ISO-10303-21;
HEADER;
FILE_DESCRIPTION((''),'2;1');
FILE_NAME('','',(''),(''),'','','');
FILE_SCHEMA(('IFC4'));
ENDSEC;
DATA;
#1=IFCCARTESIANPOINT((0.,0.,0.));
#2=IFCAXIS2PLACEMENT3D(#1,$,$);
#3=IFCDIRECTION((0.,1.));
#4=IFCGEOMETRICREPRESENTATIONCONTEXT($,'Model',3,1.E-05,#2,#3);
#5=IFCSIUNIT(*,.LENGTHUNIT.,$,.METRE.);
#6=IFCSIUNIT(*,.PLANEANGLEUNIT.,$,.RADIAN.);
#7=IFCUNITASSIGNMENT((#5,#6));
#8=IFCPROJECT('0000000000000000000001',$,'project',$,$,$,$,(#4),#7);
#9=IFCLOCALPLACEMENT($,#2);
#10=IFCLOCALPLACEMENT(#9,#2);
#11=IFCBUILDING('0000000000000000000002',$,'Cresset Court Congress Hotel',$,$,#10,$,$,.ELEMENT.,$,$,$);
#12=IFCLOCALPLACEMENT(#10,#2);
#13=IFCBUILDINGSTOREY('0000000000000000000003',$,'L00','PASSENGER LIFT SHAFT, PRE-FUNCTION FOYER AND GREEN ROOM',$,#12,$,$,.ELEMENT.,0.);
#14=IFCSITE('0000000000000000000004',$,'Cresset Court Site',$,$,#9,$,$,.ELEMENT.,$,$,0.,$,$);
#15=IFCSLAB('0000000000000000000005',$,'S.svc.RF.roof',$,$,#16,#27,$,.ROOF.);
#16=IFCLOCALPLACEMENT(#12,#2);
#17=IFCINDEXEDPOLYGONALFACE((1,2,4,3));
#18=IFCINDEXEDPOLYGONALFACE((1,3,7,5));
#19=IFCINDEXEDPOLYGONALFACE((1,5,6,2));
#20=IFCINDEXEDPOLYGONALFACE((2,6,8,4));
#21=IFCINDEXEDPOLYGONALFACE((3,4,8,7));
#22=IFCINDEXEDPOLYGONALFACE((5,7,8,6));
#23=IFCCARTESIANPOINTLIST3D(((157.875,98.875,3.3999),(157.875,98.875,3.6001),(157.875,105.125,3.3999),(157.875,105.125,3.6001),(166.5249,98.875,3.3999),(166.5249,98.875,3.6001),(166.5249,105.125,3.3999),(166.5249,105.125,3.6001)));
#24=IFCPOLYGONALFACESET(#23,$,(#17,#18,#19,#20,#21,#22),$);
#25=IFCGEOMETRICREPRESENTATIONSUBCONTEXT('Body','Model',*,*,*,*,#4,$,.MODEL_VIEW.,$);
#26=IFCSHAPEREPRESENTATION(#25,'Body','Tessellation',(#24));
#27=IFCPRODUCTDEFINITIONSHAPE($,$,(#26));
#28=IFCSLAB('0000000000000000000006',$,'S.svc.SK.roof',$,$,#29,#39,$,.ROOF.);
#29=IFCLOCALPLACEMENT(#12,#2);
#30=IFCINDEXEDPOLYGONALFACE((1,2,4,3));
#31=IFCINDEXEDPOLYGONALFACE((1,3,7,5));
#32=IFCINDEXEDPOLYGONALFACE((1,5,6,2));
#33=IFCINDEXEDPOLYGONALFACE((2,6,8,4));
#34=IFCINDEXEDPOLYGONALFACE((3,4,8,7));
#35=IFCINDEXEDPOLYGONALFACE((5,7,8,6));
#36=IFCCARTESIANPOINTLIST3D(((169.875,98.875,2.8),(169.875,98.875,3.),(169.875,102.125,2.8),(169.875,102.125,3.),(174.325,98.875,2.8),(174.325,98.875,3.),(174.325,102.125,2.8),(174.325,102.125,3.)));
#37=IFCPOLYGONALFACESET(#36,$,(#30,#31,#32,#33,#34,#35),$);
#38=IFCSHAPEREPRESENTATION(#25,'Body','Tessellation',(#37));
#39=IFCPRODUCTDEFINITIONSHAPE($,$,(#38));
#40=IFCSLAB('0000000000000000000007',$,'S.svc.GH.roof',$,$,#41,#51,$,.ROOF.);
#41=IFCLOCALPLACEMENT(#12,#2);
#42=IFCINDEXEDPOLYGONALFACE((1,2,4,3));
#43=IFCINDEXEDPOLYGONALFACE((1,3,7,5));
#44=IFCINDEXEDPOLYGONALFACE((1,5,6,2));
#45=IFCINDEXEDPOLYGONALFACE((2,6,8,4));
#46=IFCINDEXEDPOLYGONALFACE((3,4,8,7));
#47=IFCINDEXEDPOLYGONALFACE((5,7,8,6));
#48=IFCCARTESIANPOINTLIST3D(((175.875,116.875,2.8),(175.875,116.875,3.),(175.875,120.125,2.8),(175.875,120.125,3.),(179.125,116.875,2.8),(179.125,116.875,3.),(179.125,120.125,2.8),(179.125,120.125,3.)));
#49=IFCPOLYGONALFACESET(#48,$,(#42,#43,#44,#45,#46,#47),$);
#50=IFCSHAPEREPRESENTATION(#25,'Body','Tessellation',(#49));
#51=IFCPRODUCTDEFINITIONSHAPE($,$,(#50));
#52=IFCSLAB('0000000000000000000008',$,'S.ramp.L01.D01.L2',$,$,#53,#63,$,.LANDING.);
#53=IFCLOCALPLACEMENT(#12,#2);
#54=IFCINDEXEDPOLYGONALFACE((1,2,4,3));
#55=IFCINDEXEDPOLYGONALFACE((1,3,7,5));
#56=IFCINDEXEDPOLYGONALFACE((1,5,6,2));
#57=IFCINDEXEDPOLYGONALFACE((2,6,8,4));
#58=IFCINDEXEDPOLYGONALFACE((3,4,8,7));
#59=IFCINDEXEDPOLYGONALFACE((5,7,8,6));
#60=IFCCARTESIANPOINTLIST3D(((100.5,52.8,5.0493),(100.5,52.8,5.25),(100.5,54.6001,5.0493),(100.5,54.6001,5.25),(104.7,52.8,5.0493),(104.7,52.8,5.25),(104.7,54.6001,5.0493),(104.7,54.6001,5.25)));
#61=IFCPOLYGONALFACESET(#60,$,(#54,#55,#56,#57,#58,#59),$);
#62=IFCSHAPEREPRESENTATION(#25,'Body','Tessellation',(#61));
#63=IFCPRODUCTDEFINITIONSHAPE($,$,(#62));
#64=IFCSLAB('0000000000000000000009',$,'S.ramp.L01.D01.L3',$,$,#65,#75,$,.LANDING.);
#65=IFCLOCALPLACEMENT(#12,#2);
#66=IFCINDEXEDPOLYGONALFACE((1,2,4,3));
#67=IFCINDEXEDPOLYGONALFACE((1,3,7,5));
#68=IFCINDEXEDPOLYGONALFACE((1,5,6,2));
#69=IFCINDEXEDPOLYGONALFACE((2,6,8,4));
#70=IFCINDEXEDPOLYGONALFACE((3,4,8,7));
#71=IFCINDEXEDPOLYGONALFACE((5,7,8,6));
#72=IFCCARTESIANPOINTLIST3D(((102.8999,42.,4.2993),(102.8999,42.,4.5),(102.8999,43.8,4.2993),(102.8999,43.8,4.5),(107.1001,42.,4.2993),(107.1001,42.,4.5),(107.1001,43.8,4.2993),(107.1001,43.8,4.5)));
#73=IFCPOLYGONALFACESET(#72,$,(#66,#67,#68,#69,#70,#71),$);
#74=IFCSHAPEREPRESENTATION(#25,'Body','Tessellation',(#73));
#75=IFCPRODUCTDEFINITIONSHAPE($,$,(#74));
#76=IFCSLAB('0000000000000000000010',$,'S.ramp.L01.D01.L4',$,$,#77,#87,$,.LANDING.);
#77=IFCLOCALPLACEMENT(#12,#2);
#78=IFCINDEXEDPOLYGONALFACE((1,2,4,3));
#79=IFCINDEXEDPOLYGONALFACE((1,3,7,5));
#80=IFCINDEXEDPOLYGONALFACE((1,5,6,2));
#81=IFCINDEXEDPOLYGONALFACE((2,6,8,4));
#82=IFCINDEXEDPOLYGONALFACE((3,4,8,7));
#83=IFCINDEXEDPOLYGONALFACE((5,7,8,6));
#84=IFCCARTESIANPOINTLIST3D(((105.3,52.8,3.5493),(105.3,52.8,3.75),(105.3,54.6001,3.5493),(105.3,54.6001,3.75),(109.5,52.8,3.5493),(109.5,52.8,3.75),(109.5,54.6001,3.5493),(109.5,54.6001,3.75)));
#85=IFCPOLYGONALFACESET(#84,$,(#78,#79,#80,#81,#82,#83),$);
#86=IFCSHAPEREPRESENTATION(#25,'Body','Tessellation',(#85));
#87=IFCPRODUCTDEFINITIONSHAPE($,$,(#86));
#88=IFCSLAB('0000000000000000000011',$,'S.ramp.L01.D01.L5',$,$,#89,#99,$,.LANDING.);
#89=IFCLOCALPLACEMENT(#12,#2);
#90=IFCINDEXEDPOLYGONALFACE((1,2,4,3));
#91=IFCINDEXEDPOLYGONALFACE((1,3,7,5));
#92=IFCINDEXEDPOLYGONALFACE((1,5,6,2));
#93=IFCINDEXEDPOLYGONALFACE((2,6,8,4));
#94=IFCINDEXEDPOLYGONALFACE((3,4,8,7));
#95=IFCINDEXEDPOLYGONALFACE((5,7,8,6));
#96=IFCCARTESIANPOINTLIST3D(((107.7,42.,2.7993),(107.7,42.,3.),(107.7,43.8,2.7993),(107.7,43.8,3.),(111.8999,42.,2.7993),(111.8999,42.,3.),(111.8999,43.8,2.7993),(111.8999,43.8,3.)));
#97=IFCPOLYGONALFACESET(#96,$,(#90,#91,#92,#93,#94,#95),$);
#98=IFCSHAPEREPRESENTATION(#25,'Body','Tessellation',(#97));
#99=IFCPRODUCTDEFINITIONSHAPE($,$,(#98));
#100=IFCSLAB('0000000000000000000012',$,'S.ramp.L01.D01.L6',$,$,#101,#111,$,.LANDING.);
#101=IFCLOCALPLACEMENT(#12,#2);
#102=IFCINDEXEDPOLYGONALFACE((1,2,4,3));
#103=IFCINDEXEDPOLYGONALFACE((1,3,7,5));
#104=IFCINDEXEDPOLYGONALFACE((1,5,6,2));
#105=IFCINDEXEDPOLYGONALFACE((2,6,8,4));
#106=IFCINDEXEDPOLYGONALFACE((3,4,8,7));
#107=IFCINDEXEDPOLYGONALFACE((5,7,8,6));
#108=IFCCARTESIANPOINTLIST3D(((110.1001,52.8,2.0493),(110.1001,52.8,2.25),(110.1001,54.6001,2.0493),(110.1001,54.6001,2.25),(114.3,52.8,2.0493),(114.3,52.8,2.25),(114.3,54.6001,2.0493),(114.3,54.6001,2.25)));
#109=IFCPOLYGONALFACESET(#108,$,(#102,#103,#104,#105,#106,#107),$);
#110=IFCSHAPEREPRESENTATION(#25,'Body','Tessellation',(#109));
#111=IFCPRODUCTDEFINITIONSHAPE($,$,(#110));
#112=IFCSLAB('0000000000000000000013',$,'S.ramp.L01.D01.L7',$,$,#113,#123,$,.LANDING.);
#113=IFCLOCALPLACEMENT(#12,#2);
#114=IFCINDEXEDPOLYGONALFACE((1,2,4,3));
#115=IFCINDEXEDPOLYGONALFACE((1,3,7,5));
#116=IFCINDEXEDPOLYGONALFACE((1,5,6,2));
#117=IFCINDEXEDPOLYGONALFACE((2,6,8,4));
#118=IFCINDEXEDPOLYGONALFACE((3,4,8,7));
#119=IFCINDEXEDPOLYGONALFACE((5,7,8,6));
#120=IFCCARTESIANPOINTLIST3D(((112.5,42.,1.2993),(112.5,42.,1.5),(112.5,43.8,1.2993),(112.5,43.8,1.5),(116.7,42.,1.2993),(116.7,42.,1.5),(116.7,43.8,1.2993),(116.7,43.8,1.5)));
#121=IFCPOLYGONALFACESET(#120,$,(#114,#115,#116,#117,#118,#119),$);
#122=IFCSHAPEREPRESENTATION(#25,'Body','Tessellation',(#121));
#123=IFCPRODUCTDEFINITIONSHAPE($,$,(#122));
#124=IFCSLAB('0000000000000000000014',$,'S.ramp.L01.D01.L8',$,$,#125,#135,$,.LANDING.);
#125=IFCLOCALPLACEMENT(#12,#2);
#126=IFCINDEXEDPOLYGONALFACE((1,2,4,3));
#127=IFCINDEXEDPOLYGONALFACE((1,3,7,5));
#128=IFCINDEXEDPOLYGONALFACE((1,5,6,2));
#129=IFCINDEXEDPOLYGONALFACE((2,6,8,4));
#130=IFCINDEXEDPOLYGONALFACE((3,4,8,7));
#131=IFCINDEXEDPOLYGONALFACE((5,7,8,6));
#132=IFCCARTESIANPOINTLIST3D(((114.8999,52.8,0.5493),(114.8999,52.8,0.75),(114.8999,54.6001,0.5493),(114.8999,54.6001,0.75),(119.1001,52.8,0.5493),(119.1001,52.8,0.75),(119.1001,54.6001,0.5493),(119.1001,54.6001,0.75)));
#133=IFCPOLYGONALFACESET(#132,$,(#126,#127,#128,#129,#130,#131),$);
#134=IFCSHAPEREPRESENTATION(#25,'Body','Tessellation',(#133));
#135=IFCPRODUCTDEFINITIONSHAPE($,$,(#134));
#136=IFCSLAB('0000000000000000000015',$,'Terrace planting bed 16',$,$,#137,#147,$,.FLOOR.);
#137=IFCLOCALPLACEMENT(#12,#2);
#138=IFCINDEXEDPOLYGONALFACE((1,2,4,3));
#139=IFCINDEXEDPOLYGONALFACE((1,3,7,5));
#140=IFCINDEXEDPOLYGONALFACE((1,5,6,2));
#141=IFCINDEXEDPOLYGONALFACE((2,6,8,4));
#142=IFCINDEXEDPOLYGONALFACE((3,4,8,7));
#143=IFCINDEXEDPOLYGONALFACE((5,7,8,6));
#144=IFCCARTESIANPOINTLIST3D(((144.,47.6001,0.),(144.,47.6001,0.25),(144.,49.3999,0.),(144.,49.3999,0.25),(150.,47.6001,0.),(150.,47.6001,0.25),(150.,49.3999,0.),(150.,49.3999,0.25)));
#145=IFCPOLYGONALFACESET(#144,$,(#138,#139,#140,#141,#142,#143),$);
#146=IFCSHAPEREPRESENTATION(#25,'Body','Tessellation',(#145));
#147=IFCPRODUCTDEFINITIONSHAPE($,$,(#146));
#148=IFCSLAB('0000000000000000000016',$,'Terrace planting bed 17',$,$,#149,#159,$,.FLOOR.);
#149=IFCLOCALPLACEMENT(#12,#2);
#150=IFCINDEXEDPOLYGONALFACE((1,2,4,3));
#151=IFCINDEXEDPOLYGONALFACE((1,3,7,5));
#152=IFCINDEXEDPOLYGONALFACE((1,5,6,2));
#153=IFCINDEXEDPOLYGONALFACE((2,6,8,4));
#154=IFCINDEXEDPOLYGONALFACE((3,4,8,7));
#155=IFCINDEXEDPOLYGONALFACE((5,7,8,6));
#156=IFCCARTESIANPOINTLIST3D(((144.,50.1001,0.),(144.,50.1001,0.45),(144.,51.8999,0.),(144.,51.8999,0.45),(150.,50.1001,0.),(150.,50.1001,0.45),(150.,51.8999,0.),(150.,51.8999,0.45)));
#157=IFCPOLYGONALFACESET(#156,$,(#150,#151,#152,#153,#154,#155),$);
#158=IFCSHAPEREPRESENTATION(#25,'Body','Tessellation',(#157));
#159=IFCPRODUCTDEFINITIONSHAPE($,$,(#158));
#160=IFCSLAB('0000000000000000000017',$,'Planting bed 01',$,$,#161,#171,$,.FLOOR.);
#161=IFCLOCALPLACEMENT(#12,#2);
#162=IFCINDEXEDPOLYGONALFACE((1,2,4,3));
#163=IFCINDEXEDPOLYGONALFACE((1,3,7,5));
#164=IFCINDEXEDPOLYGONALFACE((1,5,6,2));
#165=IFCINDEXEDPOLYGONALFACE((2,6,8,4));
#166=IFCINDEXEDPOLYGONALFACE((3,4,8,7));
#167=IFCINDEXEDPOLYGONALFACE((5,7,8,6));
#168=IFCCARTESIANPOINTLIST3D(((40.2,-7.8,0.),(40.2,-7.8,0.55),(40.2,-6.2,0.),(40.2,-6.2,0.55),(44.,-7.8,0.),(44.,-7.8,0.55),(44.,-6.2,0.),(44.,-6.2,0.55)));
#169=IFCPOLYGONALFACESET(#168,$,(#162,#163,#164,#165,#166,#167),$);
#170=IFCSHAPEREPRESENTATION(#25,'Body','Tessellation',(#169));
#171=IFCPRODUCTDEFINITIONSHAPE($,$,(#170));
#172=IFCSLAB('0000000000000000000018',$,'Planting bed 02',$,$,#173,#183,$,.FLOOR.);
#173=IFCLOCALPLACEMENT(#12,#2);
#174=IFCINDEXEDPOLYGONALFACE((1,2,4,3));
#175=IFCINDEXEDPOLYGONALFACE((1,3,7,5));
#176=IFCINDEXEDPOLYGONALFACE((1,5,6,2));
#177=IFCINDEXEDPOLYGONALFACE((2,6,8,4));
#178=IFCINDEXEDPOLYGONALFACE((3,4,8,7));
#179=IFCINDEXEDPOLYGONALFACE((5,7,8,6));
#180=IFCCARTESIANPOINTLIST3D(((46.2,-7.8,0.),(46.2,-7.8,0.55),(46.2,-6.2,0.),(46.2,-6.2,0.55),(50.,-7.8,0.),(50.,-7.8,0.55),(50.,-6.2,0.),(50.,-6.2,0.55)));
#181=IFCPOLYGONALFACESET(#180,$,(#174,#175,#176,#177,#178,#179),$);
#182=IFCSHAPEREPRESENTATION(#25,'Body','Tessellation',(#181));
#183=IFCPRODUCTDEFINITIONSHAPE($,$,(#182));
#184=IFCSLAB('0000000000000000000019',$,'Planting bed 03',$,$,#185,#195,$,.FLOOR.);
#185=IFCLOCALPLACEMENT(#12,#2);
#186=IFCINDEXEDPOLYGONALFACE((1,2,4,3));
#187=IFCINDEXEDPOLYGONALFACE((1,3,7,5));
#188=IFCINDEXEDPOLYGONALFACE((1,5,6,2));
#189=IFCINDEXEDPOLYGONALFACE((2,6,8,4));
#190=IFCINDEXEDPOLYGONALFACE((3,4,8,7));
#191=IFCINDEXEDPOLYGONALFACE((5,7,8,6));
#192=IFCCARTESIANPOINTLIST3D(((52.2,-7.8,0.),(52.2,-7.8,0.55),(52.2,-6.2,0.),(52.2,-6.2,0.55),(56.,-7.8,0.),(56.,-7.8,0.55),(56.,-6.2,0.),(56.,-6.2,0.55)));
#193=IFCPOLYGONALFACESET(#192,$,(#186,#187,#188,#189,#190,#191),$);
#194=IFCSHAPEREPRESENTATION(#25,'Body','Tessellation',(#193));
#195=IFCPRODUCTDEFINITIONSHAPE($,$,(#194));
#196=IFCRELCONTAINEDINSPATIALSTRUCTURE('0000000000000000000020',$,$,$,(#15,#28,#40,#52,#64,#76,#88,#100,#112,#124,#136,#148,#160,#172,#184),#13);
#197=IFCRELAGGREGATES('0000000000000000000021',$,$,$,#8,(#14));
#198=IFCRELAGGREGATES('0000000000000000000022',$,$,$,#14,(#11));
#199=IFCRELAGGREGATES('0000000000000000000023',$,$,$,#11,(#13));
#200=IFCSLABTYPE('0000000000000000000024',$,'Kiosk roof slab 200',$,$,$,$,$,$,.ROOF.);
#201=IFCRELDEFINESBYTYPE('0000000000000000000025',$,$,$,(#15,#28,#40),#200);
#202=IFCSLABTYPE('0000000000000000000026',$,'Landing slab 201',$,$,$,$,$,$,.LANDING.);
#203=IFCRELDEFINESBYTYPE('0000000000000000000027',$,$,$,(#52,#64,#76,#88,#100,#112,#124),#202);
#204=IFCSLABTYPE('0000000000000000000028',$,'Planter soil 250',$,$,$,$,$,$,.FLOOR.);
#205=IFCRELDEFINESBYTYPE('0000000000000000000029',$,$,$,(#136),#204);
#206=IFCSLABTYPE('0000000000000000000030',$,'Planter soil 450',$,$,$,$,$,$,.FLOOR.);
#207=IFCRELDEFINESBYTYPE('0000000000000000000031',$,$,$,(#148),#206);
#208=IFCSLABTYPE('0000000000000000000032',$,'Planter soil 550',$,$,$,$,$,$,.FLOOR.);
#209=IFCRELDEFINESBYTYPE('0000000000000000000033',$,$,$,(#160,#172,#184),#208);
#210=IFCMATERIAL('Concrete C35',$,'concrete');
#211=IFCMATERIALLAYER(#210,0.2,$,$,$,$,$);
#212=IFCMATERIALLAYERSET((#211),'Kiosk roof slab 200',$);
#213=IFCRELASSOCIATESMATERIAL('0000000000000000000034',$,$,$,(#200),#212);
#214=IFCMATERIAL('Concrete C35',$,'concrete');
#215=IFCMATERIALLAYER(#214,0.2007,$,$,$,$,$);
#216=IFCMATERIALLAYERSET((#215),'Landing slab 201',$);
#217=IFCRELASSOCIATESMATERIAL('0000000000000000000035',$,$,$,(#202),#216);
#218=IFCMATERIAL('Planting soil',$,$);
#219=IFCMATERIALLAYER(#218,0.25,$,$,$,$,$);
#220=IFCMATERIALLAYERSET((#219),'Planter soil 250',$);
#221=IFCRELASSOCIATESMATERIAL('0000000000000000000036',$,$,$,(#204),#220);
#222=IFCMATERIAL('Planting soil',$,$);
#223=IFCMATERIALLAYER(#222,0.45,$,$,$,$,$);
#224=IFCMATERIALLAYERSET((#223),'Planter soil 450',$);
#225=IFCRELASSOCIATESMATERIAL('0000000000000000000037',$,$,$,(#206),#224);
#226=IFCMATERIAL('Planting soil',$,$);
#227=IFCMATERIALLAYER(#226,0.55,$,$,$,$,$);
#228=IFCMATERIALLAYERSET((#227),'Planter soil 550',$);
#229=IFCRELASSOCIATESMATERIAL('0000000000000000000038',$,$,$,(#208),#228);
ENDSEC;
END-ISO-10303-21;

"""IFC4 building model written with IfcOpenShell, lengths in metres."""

from ifc_helpers import new_model, si_unit, direction, frame, origin, place, context, subcontext, project, spatial, polyline, outline, extrude, material, layer, layer_set, type_object, element, save


model = new_model("IFC4")

# Units and contexts
model_context = context("Model", 3, precision=1e-05, world=origin(), true_north=direction((0.0, 1.0)))
body_context = subcontext(model_context, "Body", "Model", "MODEL_VIEW")
ifc_project = project(units=[si_unit("LENGTHUNIT", "METRE"), si_unit("PLANEANGLEUNIT", "RADIAN")], contexts=[model_context])

# Site, building, storey
site_placement = place(None, origin())
site = spatial("IfcSite", under=ifc_project, at=site_placement, Name="Cresset Court Site", CompositionType="ELEMENT", RefElevation=0.0)
building_placement = place(site_placement, origin())
building = spatial("IfcBuilding", under=site, at=building_placement, Name="Cresset Court Congress Hotel", CompositionType="ELEMENT")
storey_placement = place(building_placement, origin())
storey = spatial("IfcBuildingStorey", under=building, at=storey_placement, Name="L00", Description="PASSENGER LIFT SHAFT, PRE-FUNCTION FOYER AND GREEN ROOM", CompositionType="ELEMENT", Elevation=0.0)

# Slabs
ifc_material_1 = material(Name="Concrete C35", Category="concrete")
ifc_layer_1 = layer(ifc_material_1, 0.2)
ifc_layer_set_1 = layer_set([ifc_layer_1], Name="Kiosk roof slab 200")
slab_type_1 = type_object("IfcSlabType", Name="Kiosk roof slab 200", PredefinedType="ROOF", material=ifc_layer_set_1)
slab_1_placement = place(storey_placement, frame((0.0, 0.0, 3.3999)))
element("IfcSlab", 1, at=slab_1_placement, inside=storey, type_object=slab_type_1, Name="S.svc.RF.roof", PredefinedType="ROOF", context=body_context, shape_type="SweptSolid", body=[
    extrude(outline(polyline([(157.875, 98.875), (166.5249, 98.875), (166.5249, 105.125), (157.875, 105.125), (157.875, 98.875)])), origin(), (0.0, 0.0, 1.0), 0.2002),
])
slab_2_placement = place(storey_placement, frame((0.0, 0.0, 2.8)))
element("IfcSlab", 2, at=slab_2_placement, inside=storey, type_object=slab_type_1, Name="S.svc.SK.roof", PredefinedType="ROOF", context=body_context, shape_type="SweptSolid", body=[
    extrude(outline(polyline([(169.875, 98.875), (174.325, 98.875), (174.325, 102.125), (169.875, 102.125), (169.875, 98.875)])), origin(), (0.0, 0.0, 1.0), 0.2),
])
slab_3_placement = place(storey_placement, frame((0.0, 0.0, 2.8)))
element("IfcSlab", 3, at=slab_3_placement, inside=storey, type_object=slab_type_1, Name="S.svc.GH.roof", PredefinedType="ROOF", context=body_context, shape_type="SweptSolid", body=[
    extrude(outline(polyline([(175.875, 116.875), (179.125, 116.875), (179.125, 120.125), (175.875, 120.125), (175.875, 116.875)])), origin(), (0.0, 0.0, 1.0), 0.2),
])
ifc_material_2 = material(Name="Concrete C35", Category="concrete")
ifc_layer_2 = layer(ifc_material_2, 0.2007)
ifc_layer_set_2 = layer_set([ifc_layer_2], Name="Landing slab 201")
slab_type_2 = type_object("IfcSlabType", Name="Landing slab 201", PredefinedType="LANDING", material=ifc_layer_set_2)
slab_4_placement = place(storey_placement, frame((0.0, 0.0, 5.0493)))
element("IfcSlab", 4, at=slab_4_placement, inside=storey, type_object=slab_type_2, Name="S.ramp.L01.D01.L2", PredefinedType="LANDING", context=body_context, shape_type="SweptSolid", body=[
    extrude(outline(polyline([(100.5, 52.8), (104.7, 52.8), (104.7, 54.6001), (100.5, 54.6001), (100.5, 52.8)])), origin(), (0.0, 0.0, 1.0), 0.2007),
])
slab_5_placement = place(storey_placement, frame((0.0, 0.0, 4.2993)))
element("IfcSlab", 5, at=slab_5_placement, inside=storey, type_object=slab_type_2, Name="S.ramp.L01.D01.L3", PredefinedType="LANDING", context=body_context, shape_type="SweptSolid", body=[
    extrude(outline(polyline([(102.8999, 42.0), (107.1001, 42.0), (107.1001, 43.8), (102.8999, 43.8), (102.8999, 42.0)])), origin(), (0.0, 0.0, 1.0), 0.2007),
])
slab_6_placement = place(storey_placement, frame((0.0, 0.0, 3.5493)))
element("IfcSlab", 6, at=slab_6_placement, inside=storey, type_object=slab_type_2, Name="S.ramp.L01.D01.L4", PredefinedType="LANDING", context=body_context, shape_type="SweptSolid", body=[
    extrude(outline(polyline([(105.3, 52.8), (109.5, 52.8), (109.5, 54.6001), (105.3, 54.6001), (105.3, 52.8)])), origin(), (0.0, 0.0, 1.0), 0.2007),
])
slab_7_placement = place(storey_placement, frame((0.0, 0.0, 2.7993)))
element("IfcSlab", 7, at=slab_7_placement, inside=storey, type_object=slab_type_2, Name="S.ramp.L01.D01.L5", PredefinedType="LANDING", context=body_context, shape_type="SweptSolid", body=[
    extrude(outline(polyline([(107.7, 42.0), (111.8999, 42.0), (111.8999, 43.8), (107.7, 43.8), (107.7, 42.0)])), origin(), (0.0, 0.0, 1.0), 0.2007),
])
slab_8_placement = place(storey_placement, frame((0.0, 0.0, 2.0493)))
element("IfcSlab", 8, at=slab_8_placement, inside=storey, type_object=slab_type_2, Name="S.ramp.L01.D01.L6", PredefinedType="LANDING", context=body_context, shape_type="SweptSolid", body=[
    extrude(outline(polyline([(110.1001, 52.8), (114.3, 52.8), (114.3, 54.6001), (110.1001, 54.6001), (110.1001, 52.8)])), origin(), (0.0, 0.0, 1.0), 0.2007),
])
slab_9_placement = place(storey_placement, frame((0.0, 0.0, 1.2993)))
element("IfcSlab", 9, at=slab_9_placement, inside=storey, type_object=slab_type_2, Name="S.ramp.L01.D01.L7", PredefinedType="LANDING", context=body_context, shape_type="SweptSolid", body=[
    extrude(outline(polyline([(112.5, 42.0), (116.7, 42.0), (116.7, 43.8), (112.5, 43.8), (112.5, 42.0)])), origin(), (0.0, 0.0, 1.0), 0.2007),
])
slab_10_placement = place(storey_placement, frame((0.0, 0.0, 0.5493)))
element("IfcSlab", 10, at=slab_10_placement, inside=storey, type_object=slab_type_2, Name="S.ramp.L01.D01.L8", PredefinedType="LANDING", context=body_context, shape_type="SweptSolid", body=[
    extrude(outline(polyline([(114.8999, 52.8), (119.1001, 52.8), (119.1001, 54.6001), (114.8999, 54.6001), (114.8999, 52.8)])), origin(), (0.0, 0.0, 1.0), 0.2007),
])
ifc_material_3 = material(Name="Planting soil")
ifc_layer_3 = layer(ifc_material_3, 0.25)
ifc_layer_set_3 = layer_set([ifc_layer_3], Name="Planter soil 250")
slab_type_3 = type_object("IfcSlabType", Name="Planter soil 250", PredefinedType="FLOOR", material=ifc_layer_set_3)
slab_11_placement = place(storey_placement, origin())
element("IfcSlab", 11, at=slab_11_placement, inside=storey, type_object=slab_type_3, Name="Terrace planting bed 16", PredefinedType="FLOOR", context=body_context, shape_type="SweptSolid", body=[
    extrude(outline(polyline([(144.0, 47.6001), (150.0, 47.6001), (150.0, 49.3999), (144.0, 49.3999), (144.0, 47.6001)])), origin(), (0.0, 0.0, 1.0), 0.25),
])
ifc_material_4 = material(Name="Planting soil")
ifc_layer_4 = layer(ifc_material_4, 0.45)
ifc_layer_set_4 = layer_set([ifc_layer_4], Name="Planter soil 450")
slab_type_4 = type_object("IfcSlabType", Name="Planter soil 450", PredefinedType="FLOOR", material=ifc_layer_set_4)
slab_12_placement = place(storey_placement, origin())
element("IfcSlab", 12, at=slab_12_placement, inside=storey, type_object=slab_type_4, Name="Terrace planting bed 17", PredefinedType="FLOOR", context=body_context, shape_type="SweptSolid", body=[
    extrude(outline(polyline([(144.0, 50.1001), (150.0, 50.1001), (150.0, 51.8999), (144.0, 51.8999), (144.0, 50.1001)])), origin(), (0.0, 0.0, 1.0), 0.45),
])
ifc_material_5 = material(Name="Planting soil")
ifc_layer_5 = layer(ifc_material_5, 0.55)
ifc_layer_set_5 = layer_set([ifc_layer_5], Name="Planter soil 550")
slab_type_5 = type_object("IfcSlabType", Name="Planter soil 550", PredefinedType="FLOOR", material=ifc_layer_set_5)
slab_13_placement = place(storey_placement, origin())
element("IfcSlab", 13, at=slab_13_placement, inside=storey, type_object=slab_type_5, Name="Planting bed 01", PredefinedType="FLOOR", context=body_context, shape_type="SweptSolid", body=[
    extrude(outline(polyline([(40.2, -7.8), (44.0, -7.8), (44.0, -6.2), (40.2, -6.2), (40.2, -7.8)])), origin(), (0.0, 0.0, 1.0), 0.55),
])
slab_14_placement = place(storey_placement, origin())
element("IfcSlab", 14, at=slab_14_placement, inside=storey, type_object=slab_type_5, Name="Planting bed 02", PredefinedType="FLOOR", context=body_context, shape_type="SweptSolid", body=[
    extrude(outline(polyline([(46.2, -7.8), (50.0, -7.8), (50.0, -6.2), (46.2, -6.2), (46.2, -7.8)])), origin(), (0.0, 0.0, 1.0), 0.55),
])
slab_15_placement = place(storey_placement, origin())
element("IfcSlab", 15, at=slab_15_placement, inside=storey, type_object=slab_type_5, Name="Planting bed 03", PredefinedType="FLOOR", context=body_context, shape_type="SweptSolid", body=[
    extrude(outline(polyline([(52.2, -7.8), (56.0, -7.8), (56.0, -6.2), (52.2, -6.2), (52.2, -7.8)])), origin(), (0.0, 0.0, 1.0), 0.55),
])

save(model, "model.ifc")
